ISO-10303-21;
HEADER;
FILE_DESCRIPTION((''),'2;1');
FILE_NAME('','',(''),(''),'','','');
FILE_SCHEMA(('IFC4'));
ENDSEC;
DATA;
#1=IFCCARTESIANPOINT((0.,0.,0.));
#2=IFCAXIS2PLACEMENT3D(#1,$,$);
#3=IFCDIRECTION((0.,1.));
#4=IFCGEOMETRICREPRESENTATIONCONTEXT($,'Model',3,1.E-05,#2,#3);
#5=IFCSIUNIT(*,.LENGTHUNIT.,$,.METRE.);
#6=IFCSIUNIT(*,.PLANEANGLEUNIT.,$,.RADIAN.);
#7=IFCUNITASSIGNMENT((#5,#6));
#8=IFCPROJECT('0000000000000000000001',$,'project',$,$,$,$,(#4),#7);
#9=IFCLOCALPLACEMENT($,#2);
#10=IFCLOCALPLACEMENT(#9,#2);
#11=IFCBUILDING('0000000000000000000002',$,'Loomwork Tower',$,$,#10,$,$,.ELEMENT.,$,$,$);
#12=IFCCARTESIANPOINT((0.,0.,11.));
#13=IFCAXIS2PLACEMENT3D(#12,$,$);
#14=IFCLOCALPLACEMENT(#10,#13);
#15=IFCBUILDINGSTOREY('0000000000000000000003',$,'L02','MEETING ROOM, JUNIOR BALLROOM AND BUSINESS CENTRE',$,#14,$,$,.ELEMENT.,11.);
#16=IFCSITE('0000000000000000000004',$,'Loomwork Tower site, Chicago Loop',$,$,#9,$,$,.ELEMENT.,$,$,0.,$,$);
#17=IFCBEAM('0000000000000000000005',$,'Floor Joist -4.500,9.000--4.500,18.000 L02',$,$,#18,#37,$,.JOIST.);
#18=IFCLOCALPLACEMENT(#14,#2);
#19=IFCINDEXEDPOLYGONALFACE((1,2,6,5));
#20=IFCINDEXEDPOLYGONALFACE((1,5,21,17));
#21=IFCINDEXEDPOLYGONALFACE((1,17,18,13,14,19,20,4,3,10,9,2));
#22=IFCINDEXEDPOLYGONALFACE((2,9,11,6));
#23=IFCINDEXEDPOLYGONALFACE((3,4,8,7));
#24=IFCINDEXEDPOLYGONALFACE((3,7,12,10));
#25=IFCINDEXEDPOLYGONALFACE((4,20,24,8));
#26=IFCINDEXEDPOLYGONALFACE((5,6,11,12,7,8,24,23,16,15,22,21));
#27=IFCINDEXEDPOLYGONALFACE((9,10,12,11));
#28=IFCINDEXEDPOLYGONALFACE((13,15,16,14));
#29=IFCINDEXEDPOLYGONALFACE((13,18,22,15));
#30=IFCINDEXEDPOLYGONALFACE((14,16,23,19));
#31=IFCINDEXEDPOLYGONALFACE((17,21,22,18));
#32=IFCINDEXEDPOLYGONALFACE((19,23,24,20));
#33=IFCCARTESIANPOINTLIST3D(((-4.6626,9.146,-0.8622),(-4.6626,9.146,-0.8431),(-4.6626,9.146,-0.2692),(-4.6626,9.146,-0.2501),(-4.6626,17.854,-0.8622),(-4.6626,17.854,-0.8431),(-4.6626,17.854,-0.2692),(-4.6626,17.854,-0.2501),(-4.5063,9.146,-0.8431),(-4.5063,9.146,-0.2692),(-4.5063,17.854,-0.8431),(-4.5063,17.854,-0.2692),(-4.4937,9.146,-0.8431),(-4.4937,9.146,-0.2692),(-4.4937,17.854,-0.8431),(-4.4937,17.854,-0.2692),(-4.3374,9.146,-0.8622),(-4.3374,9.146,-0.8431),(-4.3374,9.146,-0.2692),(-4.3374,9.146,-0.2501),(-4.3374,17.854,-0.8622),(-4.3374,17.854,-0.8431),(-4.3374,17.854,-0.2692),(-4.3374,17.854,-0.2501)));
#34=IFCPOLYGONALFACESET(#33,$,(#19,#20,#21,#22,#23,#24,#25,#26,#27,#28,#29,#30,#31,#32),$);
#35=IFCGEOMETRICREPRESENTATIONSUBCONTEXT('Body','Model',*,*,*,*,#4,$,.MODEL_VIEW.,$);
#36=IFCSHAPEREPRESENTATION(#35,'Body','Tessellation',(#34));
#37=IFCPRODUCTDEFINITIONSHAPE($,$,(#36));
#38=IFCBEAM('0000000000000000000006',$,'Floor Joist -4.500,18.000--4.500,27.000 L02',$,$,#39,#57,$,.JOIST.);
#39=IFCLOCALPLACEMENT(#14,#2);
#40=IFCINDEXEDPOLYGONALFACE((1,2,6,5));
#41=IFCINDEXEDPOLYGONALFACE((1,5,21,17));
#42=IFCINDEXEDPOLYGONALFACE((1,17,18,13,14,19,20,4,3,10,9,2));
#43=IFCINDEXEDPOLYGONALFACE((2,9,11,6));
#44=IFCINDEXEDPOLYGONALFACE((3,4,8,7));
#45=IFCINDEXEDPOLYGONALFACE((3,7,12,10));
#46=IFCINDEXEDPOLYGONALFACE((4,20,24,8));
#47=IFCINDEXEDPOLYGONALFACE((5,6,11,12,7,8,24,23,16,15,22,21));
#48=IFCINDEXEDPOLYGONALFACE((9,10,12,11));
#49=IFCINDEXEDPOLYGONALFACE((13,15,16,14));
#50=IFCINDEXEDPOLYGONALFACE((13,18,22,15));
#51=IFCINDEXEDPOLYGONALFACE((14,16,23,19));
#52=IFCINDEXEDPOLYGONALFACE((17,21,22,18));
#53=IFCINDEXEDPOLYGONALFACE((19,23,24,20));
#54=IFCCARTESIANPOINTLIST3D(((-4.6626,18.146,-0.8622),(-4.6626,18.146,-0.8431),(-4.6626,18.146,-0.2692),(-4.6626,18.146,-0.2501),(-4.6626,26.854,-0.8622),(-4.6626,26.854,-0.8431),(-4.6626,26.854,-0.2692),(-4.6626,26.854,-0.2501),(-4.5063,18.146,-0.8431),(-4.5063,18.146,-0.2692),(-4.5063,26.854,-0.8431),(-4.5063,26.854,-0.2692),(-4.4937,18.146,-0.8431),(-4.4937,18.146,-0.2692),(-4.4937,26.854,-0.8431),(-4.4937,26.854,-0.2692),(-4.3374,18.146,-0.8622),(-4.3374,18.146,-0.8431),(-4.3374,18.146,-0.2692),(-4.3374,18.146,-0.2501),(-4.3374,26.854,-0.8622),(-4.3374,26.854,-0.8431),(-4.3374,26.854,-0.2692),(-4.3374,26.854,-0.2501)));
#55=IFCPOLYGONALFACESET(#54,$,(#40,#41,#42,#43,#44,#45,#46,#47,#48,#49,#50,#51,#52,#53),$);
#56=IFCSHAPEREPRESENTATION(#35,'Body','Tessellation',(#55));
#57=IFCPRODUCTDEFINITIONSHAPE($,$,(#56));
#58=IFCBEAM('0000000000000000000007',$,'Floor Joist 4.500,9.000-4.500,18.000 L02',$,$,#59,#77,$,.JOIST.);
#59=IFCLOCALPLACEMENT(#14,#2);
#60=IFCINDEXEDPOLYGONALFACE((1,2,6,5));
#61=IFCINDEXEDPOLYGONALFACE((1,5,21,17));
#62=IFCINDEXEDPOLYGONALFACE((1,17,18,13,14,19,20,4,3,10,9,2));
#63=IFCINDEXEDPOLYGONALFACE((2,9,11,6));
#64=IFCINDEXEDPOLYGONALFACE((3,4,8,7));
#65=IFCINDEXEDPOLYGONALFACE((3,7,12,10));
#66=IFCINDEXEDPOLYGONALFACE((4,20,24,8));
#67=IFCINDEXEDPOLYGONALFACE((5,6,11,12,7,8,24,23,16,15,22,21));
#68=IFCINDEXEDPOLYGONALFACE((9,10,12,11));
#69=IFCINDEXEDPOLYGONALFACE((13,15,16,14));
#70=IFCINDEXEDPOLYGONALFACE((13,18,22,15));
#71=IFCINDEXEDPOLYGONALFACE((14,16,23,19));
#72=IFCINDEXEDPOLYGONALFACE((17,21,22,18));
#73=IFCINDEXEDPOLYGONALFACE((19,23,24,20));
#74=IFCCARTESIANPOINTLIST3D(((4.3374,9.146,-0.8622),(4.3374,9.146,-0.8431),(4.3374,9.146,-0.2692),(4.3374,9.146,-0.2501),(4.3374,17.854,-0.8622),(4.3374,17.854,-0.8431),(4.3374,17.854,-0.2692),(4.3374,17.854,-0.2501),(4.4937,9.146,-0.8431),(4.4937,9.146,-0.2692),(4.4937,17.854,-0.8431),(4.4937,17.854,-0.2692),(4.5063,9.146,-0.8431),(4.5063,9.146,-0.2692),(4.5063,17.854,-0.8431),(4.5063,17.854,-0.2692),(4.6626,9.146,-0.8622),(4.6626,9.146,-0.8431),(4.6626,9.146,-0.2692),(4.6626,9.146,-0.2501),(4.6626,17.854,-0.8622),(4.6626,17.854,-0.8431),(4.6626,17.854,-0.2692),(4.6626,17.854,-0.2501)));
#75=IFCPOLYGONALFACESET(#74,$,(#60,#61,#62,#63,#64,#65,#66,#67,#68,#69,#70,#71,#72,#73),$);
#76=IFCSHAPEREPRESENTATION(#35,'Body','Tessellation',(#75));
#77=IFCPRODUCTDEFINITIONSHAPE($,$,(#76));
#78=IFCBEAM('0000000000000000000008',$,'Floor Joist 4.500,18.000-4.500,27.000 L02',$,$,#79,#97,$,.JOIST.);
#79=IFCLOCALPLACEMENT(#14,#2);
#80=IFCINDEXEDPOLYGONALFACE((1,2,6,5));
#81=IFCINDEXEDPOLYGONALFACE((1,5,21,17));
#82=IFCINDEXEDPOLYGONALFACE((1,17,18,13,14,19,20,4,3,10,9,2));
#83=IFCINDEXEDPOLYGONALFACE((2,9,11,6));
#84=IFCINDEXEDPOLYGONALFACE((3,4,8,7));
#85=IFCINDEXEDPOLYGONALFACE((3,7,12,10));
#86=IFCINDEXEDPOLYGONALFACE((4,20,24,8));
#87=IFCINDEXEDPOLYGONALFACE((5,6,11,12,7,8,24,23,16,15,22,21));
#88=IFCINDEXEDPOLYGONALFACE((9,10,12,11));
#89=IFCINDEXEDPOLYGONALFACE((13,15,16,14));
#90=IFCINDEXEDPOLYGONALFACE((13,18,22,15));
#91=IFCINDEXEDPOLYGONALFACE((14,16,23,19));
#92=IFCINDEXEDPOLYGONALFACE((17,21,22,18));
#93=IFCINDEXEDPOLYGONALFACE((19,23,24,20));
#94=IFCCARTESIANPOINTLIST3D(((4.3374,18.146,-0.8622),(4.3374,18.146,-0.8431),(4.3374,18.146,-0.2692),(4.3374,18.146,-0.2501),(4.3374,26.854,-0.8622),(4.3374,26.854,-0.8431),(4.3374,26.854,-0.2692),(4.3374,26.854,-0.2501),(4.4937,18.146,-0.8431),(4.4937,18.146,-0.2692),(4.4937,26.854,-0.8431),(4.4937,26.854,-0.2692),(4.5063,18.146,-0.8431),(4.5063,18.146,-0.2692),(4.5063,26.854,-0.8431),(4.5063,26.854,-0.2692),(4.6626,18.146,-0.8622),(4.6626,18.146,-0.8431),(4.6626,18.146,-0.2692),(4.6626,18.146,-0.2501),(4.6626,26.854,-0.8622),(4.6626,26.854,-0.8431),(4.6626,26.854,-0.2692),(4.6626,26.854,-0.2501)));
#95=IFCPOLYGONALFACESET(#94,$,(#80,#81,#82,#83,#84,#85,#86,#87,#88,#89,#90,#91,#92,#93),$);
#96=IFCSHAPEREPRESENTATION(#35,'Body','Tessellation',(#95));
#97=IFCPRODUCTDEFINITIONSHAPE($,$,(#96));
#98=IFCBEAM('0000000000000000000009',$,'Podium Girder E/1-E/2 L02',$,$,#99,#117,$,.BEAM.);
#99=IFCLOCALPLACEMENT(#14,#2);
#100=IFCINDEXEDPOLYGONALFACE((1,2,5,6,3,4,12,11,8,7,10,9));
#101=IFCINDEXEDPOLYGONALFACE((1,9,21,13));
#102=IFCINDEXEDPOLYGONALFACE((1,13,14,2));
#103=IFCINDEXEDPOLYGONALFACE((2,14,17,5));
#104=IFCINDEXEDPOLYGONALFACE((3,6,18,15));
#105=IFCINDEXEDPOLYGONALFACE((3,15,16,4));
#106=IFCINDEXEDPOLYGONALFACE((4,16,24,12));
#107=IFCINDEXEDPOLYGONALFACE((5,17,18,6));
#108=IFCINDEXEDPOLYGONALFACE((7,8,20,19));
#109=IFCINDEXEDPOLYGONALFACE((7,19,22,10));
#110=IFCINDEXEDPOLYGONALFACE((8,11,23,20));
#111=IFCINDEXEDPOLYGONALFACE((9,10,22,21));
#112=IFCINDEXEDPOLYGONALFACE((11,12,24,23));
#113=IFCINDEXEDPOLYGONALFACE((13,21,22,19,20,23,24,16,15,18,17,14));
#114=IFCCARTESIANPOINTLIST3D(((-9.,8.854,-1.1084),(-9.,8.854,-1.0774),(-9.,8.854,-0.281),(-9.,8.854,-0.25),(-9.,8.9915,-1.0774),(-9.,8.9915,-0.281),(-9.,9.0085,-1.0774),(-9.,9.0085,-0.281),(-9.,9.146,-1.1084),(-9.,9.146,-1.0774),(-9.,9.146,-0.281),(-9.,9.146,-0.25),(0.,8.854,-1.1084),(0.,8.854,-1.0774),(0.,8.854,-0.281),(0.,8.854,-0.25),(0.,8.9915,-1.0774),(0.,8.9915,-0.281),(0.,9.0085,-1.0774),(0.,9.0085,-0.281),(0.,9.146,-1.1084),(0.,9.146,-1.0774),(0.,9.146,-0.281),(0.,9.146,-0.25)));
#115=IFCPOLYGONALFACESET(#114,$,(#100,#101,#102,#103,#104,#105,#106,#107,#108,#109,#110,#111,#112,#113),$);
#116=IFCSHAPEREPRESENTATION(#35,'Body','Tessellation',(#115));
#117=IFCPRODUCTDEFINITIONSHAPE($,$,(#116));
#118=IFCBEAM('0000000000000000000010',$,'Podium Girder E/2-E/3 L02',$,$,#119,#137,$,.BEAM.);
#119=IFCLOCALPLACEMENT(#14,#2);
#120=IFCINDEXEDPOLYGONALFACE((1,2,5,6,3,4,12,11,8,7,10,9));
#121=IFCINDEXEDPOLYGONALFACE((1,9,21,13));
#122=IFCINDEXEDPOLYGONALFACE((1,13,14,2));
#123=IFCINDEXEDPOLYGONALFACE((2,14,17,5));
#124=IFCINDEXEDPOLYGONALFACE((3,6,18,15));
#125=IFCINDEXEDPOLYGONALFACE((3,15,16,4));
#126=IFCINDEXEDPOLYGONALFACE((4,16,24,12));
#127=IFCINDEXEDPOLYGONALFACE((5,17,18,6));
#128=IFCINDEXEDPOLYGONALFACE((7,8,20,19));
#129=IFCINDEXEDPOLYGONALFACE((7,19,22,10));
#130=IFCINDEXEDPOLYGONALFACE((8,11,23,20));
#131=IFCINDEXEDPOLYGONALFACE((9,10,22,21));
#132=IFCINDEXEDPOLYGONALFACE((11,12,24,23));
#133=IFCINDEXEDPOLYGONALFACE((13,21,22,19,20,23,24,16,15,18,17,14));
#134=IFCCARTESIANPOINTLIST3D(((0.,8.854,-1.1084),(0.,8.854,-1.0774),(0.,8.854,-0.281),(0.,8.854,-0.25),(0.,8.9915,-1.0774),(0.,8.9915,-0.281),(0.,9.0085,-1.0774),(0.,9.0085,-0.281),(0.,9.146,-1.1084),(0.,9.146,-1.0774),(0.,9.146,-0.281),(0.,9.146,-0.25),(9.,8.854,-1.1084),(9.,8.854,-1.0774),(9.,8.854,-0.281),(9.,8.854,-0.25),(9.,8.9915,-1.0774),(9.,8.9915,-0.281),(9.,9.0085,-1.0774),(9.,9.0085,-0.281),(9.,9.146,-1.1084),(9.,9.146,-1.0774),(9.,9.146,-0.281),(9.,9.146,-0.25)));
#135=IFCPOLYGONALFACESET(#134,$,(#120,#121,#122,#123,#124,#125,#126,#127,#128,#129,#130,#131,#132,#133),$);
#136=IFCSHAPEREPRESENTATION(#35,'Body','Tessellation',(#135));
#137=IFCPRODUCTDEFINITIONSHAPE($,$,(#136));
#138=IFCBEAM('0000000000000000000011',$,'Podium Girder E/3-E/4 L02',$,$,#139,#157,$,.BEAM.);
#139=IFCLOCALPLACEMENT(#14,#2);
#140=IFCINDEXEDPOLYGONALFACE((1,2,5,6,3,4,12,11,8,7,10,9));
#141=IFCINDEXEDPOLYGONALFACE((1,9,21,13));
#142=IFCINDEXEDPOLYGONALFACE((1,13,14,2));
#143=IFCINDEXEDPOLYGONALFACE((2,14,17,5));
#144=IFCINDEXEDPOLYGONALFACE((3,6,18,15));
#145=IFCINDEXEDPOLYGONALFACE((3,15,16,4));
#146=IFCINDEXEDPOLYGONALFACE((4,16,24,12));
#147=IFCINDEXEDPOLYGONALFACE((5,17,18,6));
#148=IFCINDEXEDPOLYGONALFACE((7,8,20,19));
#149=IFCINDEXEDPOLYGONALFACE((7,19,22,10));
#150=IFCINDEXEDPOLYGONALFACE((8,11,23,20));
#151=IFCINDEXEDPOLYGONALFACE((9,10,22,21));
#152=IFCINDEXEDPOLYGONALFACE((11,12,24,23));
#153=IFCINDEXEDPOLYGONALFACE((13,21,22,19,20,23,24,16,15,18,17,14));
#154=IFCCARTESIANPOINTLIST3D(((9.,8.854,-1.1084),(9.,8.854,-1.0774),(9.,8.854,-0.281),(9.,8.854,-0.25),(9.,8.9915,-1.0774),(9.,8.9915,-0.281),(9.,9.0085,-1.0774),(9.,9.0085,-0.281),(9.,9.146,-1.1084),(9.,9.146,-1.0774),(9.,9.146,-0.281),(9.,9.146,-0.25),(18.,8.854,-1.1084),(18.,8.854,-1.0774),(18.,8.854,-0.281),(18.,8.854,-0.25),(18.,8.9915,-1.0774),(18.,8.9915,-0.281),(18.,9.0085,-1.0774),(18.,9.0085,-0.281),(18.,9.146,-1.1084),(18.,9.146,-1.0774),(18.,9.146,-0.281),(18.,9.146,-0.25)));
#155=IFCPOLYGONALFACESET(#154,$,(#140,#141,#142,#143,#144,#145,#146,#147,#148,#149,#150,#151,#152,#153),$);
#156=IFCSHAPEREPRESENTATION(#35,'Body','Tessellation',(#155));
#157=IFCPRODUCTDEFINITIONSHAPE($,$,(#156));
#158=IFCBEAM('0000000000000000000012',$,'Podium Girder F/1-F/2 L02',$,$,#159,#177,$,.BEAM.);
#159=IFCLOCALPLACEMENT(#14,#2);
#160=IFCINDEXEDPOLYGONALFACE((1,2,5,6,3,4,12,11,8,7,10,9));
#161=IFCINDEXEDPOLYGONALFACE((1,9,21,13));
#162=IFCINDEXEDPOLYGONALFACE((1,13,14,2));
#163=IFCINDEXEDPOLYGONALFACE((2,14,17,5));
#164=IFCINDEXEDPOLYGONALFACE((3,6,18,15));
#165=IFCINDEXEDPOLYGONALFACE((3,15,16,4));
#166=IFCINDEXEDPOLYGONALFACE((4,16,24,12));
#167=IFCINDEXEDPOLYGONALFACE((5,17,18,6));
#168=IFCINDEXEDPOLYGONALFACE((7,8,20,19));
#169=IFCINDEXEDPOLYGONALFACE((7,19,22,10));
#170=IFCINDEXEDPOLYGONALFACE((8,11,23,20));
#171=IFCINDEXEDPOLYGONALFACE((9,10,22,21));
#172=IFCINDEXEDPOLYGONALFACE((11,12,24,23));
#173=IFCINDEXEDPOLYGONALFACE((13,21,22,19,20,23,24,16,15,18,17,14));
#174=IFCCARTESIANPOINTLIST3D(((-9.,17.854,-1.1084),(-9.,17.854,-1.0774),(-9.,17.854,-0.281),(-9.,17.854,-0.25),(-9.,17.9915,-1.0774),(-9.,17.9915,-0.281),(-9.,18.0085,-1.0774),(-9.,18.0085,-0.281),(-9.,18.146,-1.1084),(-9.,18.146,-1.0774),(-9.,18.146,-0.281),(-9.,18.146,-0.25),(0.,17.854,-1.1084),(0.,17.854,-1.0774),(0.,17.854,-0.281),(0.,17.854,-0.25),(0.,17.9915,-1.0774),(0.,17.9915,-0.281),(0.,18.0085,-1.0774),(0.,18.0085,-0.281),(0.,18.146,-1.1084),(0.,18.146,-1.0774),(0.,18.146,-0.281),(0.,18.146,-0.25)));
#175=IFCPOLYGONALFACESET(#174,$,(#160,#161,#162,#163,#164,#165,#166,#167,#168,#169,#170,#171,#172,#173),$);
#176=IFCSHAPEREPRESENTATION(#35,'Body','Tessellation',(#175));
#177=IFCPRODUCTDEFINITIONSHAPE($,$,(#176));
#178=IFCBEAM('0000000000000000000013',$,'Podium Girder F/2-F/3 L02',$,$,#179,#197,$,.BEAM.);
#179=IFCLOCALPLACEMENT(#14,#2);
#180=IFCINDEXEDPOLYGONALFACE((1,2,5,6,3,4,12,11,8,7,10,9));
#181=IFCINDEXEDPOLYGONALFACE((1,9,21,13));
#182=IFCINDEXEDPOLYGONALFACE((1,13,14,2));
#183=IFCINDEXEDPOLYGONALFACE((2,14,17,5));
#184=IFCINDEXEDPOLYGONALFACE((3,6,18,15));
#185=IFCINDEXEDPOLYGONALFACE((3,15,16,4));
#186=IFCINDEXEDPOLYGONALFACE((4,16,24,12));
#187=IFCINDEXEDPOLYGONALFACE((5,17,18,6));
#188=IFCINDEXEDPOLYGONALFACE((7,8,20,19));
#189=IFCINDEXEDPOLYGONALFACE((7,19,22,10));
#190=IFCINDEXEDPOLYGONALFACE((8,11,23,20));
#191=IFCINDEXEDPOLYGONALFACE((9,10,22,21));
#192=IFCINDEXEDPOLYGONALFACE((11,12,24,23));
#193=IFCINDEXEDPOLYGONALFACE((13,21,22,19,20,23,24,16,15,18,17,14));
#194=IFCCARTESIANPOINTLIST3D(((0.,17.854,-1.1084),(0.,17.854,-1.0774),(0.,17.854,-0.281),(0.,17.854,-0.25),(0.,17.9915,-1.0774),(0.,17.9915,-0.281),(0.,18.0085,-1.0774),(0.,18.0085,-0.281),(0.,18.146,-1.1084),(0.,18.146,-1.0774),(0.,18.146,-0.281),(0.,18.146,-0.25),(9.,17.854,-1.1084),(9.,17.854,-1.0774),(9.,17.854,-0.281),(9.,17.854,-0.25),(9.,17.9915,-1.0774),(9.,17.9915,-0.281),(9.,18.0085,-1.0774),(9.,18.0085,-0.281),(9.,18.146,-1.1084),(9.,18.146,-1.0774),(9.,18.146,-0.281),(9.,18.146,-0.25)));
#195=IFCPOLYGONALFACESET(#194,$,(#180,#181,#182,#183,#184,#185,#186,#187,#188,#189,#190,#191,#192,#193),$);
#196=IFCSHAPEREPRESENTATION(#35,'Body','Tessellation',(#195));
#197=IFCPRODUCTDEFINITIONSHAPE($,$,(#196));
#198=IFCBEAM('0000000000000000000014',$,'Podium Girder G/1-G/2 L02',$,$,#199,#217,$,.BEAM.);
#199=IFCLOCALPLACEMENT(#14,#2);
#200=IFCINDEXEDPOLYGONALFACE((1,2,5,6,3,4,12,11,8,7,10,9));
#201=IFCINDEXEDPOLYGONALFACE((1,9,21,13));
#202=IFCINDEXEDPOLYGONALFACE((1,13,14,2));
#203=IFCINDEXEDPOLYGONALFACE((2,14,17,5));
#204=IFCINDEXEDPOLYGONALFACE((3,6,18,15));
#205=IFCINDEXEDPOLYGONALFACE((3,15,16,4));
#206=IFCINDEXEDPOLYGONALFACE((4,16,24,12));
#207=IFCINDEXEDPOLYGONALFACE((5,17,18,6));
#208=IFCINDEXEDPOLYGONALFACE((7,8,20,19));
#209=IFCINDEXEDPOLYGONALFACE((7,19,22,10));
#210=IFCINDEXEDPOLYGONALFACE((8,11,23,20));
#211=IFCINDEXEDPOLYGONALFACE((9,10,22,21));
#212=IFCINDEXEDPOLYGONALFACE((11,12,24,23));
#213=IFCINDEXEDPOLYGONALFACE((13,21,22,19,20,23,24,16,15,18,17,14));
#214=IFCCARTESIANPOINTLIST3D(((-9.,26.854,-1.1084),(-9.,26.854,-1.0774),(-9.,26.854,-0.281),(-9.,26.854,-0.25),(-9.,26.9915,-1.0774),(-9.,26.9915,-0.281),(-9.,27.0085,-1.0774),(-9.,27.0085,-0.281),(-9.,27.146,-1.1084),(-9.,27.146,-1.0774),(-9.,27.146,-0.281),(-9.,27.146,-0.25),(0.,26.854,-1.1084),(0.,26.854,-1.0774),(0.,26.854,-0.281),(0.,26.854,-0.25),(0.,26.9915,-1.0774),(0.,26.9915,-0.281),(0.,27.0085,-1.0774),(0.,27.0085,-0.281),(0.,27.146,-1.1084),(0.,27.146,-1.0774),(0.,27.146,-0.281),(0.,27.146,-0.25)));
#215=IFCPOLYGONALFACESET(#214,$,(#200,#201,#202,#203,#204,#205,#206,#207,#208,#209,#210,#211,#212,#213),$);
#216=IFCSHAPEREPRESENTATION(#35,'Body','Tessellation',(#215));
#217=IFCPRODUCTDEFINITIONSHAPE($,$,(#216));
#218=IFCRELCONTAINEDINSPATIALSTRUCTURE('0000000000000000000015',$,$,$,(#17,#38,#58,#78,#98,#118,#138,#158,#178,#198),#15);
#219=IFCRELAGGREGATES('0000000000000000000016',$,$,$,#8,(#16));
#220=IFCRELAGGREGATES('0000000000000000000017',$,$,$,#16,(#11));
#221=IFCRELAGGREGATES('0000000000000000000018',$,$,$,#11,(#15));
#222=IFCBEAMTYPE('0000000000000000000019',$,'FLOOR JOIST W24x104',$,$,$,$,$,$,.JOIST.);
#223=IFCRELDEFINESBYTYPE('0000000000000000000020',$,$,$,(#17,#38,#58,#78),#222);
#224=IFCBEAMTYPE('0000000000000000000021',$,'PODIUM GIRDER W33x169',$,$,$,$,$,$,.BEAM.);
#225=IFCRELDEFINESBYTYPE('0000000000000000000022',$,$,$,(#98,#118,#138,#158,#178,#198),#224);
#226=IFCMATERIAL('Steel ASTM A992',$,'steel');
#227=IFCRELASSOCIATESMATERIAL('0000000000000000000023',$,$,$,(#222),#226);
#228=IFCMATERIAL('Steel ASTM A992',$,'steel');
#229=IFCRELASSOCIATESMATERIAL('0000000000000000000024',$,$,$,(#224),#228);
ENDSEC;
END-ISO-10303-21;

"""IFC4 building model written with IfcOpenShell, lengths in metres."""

from ifc_helpers import new_model, si_unit, direction, frame, origin, origin_2d, place, context, subcontext, project, spatial, i_section, extrude, material, material_profile, profile_set, type_object, element, save


model = new_model("IFC4")

# Units and contexts
model_context = context("Model", 3, precision=1e-05, world=origin(), true_north=direction((0.0, 1.0)))
body_context = subcontext(model_context, "Body", "Model", "MODEL_VIEW")
ifc_project = project(units=[si_unit("LENGTHUNIT", "METRE"), si_unit("PLANEANGLEUNIT", "RADIAN")], contexts=[model_context])

# Site, building, storey
site_placement = place(None, origin())
site = spatial("IfcSite", under=ifc_project, at=site_placement, Name="Loomwork Tower site, Chicago Loop", CompositionType="ELEMENT", RefElevation=0.0)
building_placement = place(site_placement, origin())
building = spatial("IfcBuilding", under=site, at=building_placement, Name="Loomwork Tower", CompositionType="ELEMENT")
storey_placement = place(building_placement, frame((0.0, 0.0, 11.0)))
storey = spatial("IfcBuildingStorey", under=building, at=storey_placement, Name="L02", Description="MEETING ROOM, JUNIOR BALLROOM AND BUSINESS CENTRE", CompositionType="ELEMENT", Elevation=11.0)

# Beams
ifc_material_1 = material(Name="Steel ASTM A992", Category="steel")
ifc_material_profile_1 = material_profile(ifc_material_1, i_section(OverallWidth=0.3252, OverallDepth=0.6121, WebThickness=0.0127, FlangeThickness=0.019, at=origin_2d()), Name="W24x104")
ifc_profile_set_1 = profile_set([ifc_material_profile_1], Name="Steel ASTM A992")
beam_type_1 = type_object("IfcBeamType", Name="FLOOR JOIST W24x104", PredefinedType="JOIST", material=ifc_profile_set_1)
for number, where, z_axis, x_axis, name in (
    (1, (-4.5, 9.146, -0.5562), (0.0, 1.0, 0.0), (-1.0, 0.0, 0.0), "Floor Joist -4.500,9.000--4.500,18.000 L02"),
    (2, (-4.5, 18.146, -0.5562), (0.0, 1.0, 0.0), (-1.0, 0.0, 0.0), "Floor Joist -4.500,18.000--4.500,27.000 L02"),
    (3, (4.5, 9.146, -0.5562), (0.0, 1.0, 0.0), (-1.0, 0.0, 0.0), "Floor Joist 4.500,9.000-4.500,18.000 L02"),
    (4, (4.5, 18.146, -0.5562), (0.0, 1.0, 0.0), (-1.0, 0.0, 0.0), "Floor Joist 4.500,18.000-4.500,27.000 L02"),
):
    element("IfcBeam", number, at=place(storey_placement, frame(where, z_axis=z_axis, x_axis=x_axis)), inside=storey, type_object=beam_type_1, Name=name, PredefinedType="JOIST", context=body_context, shape_type="SweptSolid", body=[
        extrude(i_section(OverallWidth=0.3252, OverallDepth=0.6121, WebThickness=0.0127, FlangeThickness=0.019, at=origin_2d()), origin(), (0.0, 0.0, 1.0), 8.708),
    ])
ifc_material_2 = material(Name="Steel ASTM A992", Category="steel")
ifc_material_profile_2 = material_profile(ifc_material_2, i_section(OverallWidth=0.292, OverallDepth=0.8584, WebThickness=0.0171, FlangeThickness=0.031, at=origin_2d()), Name="W33x169")
ifc_profile_set_2 = profile_set([ifc_material_profile_2], Name="Steel ASTM A992")
beam_type_2 = type_object("IfcBeamType", Name="PODIUM GIRDER W33x169", PredefinedType="BEAM", material=ifc_profile_set_2)
for number, where, z_axis, x_axis, name in (
    (5, (-9.0, 9.0, -0.6792), (1.0, 0.0, 0.0), (0.0, 1.0, 0.0), "Podium Girder E/1-E/2 L02"),
    (6, (0.0, 9.0, -0.6792), (1.0, 0.0, 0.0), (0.0, 1.0, 0.0), "Podium Girder E/2-E/3 L02"),
    (7, (9.0, 9.0, -0.6792), (1.0, 0.0, 0.0), (0.0, 1.0, 0.0), "Podium Girder E/3-E/4 L02"),
    (8, (-9.0, 18.0, -0.6792), (1.0, 0.0, 0.0), (0.0, 1.0, 0.0), "Podium Girder F/1-F/2 L02"),
    (9, (0.0, 18.0, -0.6792), (1.0, 0.0, 0.0), (0.0, 1.0, 0.0), "Podium Girder F/2-F/3 L02"),
    (10, (-9.0, 27.0, -0.6792), (1.0, 0.0, 0.0), (0.0, 1.0, 0.0), "Podium Girder G/1-G/2 L02"),
):
    element("IfcBeam", number, at=place(storey_placement, frame(where, z_axis=z_axis, x_axis=x_axis)), inside=storey, type_object=beam_type_2, Name=name, PredefinedType="BEAM", context=body_context, shape_type="SweptSolid", body=[
        extrude(i_section(OverallWidth=0.292, OverallDepth=0.8584, WebThickness=0.0171, FlangeThickness=0.031, at=origin_2d()), origin(), (0.0, 0.0, 1.0), 9.0),
    ])

save(model, "model.ifc")
